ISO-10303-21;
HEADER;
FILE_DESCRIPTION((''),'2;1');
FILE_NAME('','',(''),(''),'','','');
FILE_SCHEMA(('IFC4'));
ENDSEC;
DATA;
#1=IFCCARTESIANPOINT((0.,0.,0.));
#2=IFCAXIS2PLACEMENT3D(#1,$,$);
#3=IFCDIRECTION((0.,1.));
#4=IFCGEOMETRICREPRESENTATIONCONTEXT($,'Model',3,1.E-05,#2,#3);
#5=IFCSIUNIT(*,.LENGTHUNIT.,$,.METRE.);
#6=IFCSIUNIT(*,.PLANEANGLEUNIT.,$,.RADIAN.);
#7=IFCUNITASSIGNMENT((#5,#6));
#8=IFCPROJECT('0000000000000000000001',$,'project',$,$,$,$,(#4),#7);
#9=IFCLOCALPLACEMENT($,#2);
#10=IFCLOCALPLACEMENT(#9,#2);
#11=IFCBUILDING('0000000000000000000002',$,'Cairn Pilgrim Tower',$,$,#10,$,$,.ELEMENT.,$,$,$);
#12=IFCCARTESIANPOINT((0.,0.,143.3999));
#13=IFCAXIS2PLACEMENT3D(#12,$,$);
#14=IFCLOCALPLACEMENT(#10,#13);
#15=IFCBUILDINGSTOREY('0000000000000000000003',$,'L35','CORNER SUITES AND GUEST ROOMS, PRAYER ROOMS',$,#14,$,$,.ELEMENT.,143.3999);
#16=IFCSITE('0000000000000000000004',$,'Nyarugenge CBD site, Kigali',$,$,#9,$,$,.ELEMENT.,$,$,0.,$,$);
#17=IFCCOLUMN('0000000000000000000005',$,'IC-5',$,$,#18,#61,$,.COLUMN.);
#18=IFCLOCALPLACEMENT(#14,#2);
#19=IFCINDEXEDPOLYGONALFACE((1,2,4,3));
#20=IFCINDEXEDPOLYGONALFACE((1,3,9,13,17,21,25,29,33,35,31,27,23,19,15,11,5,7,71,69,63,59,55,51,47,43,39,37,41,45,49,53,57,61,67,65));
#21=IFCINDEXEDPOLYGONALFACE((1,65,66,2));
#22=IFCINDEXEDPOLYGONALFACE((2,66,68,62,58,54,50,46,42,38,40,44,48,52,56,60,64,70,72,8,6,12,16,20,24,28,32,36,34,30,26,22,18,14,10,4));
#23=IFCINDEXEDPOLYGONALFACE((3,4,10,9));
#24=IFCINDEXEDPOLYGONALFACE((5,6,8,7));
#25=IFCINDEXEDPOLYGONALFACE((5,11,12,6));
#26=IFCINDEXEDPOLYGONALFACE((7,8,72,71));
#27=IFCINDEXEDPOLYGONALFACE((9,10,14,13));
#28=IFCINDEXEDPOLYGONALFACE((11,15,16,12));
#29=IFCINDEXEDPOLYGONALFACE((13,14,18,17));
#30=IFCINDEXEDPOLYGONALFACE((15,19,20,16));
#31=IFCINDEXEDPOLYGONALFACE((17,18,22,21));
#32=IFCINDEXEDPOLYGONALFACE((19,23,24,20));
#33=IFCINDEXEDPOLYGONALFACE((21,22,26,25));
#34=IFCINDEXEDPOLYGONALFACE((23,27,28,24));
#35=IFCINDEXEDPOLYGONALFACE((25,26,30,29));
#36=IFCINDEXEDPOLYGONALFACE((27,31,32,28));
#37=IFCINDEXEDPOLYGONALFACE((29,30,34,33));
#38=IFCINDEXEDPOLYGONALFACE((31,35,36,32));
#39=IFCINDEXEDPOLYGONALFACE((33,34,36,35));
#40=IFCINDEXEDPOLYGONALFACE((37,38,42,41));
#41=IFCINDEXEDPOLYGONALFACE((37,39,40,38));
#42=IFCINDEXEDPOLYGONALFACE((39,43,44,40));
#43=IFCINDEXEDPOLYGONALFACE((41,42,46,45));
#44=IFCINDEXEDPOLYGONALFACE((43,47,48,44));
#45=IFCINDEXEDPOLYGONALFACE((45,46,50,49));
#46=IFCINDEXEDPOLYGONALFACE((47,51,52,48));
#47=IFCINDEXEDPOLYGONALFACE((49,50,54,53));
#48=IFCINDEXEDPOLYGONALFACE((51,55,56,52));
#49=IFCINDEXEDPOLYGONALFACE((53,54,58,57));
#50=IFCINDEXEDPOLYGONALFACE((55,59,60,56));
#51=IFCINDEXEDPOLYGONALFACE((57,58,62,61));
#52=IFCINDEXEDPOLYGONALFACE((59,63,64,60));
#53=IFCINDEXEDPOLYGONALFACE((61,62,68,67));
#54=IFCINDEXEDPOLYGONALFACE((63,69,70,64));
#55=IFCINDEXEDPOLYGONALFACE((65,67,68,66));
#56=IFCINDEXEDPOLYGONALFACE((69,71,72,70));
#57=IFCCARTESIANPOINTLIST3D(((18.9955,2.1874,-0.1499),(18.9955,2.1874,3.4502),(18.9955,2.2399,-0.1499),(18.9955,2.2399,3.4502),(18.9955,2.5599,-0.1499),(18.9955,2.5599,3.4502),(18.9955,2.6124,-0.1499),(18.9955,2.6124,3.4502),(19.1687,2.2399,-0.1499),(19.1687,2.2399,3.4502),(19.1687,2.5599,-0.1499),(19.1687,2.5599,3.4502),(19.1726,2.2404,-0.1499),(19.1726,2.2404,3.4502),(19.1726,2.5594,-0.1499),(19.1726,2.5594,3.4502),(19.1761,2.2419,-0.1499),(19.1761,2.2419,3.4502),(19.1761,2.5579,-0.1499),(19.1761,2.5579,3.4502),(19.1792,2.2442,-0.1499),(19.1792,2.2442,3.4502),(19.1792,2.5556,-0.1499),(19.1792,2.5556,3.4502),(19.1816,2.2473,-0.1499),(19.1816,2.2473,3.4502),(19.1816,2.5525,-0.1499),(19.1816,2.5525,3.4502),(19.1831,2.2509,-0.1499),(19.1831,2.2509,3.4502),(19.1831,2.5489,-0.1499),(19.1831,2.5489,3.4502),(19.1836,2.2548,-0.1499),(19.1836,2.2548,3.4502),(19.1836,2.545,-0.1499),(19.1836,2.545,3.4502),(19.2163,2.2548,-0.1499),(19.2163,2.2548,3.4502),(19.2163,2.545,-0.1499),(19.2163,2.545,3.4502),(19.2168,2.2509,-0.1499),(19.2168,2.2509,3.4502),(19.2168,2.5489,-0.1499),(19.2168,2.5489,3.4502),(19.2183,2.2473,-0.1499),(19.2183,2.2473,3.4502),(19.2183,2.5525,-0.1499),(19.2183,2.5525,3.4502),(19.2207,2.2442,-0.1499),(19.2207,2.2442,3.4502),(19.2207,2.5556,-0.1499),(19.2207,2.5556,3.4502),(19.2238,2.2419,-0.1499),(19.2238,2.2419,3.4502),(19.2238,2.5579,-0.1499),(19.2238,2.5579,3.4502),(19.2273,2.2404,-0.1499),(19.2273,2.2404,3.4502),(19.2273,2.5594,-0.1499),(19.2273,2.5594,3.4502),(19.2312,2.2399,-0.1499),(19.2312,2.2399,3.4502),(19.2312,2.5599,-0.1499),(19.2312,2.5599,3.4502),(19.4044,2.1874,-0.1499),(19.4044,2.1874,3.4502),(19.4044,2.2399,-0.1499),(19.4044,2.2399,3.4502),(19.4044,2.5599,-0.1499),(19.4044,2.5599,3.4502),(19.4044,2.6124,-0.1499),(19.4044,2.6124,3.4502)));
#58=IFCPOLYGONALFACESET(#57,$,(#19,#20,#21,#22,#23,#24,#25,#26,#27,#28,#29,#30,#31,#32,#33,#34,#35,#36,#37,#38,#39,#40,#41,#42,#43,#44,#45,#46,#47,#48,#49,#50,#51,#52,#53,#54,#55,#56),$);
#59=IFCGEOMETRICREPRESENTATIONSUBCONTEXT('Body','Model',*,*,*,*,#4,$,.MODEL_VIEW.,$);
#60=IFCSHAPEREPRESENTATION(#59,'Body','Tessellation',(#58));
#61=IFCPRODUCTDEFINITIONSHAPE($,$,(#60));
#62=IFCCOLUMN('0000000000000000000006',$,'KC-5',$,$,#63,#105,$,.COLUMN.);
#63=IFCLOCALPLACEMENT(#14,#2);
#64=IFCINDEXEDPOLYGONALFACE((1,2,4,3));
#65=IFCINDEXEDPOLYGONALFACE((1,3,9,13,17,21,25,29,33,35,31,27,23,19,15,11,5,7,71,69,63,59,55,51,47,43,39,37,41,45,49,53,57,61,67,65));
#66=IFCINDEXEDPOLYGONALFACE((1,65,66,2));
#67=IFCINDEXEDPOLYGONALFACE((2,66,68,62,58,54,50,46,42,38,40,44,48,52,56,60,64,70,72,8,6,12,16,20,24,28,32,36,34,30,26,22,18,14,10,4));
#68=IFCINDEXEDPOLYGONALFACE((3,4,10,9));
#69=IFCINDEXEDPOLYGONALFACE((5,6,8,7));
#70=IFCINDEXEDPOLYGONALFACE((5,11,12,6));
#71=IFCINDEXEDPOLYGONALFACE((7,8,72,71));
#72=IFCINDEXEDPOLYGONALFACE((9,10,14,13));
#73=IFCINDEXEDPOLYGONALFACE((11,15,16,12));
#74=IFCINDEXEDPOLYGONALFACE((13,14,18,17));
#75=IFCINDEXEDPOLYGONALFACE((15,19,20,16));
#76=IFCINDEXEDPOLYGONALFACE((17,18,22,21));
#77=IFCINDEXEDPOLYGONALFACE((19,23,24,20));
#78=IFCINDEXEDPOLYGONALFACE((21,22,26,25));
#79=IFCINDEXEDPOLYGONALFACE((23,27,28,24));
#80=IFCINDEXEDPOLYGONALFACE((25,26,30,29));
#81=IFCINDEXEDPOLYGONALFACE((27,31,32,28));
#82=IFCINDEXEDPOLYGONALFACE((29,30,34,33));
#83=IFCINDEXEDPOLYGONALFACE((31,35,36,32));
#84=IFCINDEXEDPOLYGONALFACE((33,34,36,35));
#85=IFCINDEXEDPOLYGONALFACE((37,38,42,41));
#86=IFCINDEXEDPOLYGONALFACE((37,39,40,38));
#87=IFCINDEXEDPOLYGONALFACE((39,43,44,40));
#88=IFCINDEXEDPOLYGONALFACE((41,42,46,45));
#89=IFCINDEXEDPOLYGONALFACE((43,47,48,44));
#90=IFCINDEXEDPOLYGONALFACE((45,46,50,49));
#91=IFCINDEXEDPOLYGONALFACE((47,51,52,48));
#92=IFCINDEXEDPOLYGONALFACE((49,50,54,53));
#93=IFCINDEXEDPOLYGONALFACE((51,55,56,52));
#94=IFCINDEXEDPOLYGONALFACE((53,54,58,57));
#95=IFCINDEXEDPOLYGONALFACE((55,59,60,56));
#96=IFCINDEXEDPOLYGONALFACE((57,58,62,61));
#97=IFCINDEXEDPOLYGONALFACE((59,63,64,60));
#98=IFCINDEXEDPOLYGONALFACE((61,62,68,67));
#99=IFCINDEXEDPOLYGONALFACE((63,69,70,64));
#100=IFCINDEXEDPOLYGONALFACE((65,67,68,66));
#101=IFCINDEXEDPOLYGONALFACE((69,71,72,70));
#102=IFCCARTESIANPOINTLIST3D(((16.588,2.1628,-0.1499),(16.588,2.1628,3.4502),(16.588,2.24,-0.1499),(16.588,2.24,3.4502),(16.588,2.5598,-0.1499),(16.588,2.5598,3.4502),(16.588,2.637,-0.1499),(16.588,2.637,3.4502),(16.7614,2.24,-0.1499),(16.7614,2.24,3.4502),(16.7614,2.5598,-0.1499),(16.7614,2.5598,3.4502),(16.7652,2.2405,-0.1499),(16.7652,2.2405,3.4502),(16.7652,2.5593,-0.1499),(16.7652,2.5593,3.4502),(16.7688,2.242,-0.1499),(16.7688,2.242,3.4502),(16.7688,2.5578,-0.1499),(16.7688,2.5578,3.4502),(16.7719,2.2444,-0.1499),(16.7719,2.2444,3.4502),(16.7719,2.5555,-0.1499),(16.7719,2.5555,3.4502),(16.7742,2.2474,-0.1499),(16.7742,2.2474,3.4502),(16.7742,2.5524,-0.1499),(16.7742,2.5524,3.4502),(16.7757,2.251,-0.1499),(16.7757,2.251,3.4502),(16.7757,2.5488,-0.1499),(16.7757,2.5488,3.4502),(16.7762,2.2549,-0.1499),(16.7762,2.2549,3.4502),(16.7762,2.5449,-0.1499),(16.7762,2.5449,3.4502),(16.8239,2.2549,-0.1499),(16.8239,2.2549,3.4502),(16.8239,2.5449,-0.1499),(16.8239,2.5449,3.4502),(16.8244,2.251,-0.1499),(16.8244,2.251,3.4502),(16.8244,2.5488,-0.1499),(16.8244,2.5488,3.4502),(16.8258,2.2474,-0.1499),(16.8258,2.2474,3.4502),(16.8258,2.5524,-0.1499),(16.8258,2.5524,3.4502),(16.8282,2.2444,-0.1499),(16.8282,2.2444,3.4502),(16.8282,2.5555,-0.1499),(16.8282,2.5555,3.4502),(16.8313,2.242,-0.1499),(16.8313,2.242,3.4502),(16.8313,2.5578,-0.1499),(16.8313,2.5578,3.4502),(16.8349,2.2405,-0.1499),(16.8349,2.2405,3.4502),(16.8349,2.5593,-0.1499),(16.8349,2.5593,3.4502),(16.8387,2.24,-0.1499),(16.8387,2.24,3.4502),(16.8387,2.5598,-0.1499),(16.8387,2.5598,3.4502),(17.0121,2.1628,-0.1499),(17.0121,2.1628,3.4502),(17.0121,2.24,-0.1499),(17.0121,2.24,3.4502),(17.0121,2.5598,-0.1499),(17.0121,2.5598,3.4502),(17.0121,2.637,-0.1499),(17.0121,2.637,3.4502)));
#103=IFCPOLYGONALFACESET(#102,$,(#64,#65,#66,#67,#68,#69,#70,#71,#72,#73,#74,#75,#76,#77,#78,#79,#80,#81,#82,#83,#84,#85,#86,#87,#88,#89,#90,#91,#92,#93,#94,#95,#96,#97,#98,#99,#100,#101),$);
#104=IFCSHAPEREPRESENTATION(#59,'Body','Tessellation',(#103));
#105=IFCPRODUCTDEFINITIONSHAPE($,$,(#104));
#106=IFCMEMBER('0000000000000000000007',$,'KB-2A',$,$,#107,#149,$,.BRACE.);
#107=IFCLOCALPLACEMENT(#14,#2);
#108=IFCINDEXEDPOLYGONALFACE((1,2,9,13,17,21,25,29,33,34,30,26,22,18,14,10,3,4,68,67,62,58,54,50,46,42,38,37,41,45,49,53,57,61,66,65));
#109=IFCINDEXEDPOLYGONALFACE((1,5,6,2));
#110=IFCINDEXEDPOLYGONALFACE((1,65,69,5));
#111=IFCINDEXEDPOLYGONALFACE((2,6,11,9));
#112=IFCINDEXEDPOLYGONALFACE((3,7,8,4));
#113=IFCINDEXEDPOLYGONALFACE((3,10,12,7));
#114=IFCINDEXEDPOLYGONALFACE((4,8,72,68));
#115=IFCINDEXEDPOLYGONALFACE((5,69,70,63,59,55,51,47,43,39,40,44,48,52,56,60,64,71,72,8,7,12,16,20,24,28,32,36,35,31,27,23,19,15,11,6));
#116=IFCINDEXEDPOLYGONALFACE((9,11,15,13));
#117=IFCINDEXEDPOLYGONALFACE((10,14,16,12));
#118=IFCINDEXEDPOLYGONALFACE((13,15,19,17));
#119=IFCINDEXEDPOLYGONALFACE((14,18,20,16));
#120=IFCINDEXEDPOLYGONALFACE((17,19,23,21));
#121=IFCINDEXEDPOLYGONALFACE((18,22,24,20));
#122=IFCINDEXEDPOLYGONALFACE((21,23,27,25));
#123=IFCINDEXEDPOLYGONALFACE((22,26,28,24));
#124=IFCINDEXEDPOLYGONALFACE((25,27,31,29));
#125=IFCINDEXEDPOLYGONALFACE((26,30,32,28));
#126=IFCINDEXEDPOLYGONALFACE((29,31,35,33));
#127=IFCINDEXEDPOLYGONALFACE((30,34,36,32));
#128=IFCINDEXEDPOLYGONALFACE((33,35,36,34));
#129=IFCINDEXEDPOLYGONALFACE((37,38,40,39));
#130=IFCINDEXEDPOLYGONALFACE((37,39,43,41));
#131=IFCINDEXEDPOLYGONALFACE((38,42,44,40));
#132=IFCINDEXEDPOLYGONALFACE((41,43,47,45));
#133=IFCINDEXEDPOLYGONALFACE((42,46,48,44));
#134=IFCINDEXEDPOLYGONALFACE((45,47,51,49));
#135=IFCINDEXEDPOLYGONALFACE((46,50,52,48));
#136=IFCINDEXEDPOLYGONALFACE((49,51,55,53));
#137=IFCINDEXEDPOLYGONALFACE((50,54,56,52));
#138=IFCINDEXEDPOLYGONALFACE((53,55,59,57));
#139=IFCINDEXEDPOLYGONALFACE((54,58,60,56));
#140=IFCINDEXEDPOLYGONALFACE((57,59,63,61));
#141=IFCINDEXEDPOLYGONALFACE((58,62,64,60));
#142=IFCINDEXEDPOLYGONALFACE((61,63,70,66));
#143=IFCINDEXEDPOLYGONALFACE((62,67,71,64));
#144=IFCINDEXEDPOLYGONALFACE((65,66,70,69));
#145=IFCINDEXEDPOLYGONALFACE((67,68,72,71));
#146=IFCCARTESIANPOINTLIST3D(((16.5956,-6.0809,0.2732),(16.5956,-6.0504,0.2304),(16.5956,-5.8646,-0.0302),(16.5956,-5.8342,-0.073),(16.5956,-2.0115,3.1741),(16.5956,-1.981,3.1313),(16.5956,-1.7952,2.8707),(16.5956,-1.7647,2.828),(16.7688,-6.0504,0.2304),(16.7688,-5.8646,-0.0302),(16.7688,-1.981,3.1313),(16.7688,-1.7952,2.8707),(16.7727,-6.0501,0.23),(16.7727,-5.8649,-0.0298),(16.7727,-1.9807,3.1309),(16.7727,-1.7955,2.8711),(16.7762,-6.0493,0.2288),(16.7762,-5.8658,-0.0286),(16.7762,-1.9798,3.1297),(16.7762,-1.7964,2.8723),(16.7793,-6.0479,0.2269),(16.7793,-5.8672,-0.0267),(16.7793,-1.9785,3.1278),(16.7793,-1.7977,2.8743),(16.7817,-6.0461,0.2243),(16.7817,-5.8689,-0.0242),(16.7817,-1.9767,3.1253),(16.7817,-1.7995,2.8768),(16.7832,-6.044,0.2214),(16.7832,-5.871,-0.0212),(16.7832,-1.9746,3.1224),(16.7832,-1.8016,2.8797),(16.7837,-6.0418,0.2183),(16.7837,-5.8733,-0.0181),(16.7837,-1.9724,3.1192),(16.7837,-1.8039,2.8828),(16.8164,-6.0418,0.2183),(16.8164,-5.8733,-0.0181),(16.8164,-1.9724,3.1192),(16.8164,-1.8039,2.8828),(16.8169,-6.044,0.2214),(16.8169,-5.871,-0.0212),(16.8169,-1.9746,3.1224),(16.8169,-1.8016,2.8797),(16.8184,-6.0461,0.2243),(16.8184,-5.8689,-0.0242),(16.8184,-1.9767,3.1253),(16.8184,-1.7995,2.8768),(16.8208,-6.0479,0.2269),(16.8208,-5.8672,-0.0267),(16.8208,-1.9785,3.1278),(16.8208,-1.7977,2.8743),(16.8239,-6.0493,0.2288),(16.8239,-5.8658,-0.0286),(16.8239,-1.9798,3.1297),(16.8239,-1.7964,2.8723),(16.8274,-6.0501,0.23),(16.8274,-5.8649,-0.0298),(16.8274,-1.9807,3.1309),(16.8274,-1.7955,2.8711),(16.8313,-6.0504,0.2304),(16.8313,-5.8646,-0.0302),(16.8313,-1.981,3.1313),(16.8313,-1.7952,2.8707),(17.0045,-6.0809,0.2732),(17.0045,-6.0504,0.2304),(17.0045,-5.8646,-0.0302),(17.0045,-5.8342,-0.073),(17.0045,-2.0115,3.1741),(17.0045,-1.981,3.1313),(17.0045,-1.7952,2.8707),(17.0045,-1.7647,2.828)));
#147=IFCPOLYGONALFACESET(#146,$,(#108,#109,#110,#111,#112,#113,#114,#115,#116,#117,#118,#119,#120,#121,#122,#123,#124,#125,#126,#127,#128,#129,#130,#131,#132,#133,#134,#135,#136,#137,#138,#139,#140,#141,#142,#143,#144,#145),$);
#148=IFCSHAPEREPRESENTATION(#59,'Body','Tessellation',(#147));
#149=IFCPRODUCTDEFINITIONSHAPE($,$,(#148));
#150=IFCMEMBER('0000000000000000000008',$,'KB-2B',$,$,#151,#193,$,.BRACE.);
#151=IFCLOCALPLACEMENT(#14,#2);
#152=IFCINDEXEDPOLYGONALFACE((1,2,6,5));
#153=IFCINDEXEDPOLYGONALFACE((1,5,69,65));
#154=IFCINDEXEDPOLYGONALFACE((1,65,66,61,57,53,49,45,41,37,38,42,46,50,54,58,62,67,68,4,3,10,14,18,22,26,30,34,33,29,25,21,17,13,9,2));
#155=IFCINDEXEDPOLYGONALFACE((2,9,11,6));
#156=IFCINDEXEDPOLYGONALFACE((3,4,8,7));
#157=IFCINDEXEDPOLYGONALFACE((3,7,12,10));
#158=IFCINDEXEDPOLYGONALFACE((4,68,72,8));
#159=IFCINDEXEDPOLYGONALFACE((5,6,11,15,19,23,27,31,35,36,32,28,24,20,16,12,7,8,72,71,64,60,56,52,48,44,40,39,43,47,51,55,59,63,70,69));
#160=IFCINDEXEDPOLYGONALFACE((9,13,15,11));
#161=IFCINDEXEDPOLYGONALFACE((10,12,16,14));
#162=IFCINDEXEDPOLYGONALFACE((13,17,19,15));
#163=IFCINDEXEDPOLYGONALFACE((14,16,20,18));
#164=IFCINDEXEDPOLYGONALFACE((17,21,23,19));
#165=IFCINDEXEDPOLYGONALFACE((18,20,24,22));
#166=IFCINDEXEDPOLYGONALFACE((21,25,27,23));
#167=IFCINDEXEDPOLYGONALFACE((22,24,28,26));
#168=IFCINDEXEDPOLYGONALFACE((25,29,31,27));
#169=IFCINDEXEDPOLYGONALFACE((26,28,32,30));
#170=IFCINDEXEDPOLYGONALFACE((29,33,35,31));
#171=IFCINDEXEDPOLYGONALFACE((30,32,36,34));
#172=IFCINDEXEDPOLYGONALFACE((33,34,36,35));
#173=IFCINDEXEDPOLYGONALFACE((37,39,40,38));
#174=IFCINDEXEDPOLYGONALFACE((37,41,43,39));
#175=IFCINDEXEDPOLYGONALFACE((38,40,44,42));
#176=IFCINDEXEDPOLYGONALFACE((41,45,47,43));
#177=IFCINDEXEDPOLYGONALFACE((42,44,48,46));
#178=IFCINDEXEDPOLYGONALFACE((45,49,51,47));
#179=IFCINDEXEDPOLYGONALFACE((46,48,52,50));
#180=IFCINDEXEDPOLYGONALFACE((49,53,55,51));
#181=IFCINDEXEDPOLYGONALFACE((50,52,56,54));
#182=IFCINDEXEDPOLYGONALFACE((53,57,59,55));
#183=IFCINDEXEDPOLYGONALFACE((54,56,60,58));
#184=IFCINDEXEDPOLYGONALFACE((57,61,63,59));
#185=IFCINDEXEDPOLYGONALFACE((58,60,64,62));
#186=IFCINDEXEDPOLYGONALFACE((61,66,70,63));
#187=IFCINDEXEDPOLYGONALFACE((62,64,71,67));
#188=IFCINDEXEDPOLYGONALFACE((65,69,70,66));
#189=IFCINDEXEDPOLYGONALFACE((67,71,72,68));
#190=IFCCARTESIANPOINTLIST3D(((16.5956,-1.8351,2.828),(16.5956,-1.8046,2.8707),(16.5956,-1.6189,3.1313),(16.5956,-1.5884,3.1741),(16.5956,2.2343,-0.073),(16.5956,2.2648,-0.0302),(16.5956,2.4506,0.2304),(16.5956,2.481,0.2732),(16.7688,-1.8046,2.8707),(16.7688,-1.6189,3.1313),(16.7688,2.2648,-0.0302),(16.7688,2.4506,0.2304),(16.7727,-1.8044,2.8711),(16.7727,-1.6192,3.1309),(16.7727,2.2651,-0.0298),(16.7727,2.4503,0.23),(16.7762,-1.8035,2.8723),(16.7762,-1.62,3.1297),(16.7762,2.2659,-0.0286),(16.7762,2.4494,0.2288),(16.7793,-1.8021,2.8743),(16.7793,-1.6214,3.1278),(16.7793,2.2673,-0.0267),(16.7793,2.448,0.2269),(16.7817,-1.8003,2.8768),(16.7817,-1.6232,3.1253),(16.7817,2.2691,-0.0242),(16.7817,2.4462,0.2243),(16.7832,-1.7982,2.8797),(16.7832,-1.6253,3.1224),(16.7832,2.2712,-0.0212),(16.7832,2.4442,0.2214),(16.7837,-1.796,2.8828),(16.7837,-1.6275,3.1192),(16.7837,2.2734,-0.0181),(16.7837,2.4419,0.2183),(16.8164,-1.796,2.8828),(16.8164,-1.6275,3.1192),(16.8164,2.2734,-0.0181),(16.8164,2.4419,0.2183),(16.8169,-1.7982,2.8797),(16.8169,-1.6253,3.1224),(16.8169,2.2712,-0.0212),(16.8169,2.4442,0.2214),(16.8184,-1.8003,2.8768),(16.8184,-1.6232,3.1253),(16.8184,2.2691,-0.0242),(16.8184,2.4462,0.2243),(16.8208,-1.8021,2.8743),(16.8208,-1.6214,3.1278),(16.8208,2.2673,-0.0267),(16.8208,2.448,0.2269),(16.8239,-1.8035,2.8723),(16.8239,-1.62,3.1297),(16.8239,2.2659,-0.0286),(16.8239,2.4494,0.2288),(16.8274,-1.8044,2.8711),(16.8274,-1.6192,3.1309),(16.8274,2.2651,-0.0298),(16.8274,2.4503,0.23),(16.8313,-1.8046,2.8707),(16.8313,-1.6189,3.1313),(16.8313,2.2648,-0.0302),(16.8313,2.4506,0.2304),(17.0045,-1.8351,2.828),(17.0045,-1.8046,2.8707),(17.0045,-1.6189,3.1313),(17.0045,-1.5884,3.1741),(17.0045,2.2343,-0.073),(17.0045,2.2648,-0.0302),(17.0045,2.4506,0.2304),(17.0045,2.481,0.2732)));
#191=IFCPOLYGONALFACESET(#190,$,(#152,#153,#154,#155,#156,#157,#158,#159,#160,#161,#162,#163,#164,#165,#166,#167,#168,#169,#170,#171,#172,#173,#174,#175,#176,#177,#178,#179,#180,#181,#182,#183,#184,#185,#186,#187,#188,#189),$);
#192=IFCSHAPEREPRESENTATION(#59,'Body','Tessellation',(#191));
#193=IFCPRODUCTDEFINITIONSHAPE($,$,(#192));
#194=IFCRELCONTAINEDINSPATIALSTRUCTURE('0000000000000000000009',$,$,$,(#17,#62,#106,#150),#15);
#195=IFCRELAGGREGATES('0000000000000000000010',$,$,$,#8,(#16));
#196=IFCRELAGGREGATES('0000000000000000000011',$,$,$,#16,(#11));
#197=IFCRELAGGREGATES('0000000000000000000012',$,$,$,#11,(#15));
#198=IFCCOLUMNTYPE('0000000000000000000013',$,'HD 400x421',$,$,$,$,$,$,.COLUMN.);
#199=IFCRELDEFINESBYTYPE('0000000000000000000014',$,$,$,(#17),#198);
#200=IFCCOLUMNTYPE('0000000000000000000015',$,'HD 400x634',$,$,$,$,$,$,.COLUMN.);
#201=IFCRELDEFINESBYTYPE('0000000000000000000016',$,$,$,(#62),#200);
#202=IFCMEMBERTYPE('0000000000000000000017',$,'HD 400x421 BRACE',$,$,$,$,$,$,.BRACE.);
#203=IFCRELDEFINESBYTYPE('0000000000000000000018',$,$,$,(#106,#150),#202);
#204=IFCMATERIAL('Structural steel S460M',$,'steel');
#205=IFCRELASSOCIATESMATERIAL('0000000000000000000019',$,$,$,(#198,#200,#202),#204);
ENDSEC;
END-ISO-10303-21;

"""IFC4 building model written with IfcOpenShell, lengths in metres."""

from ifc_helpers import new_model, si_unit, direction, frame, origin, origin_2d, place, context, subcontext, project, spatial, i_section, extrude, material, material_profile, profile_set, type_object, element, save


model = new_model("IFC4")

# Units and contexts
model_context = context("Model", 3, precision=1e-05, world=origin(), true_north=direction((0.0, 1.0)))
body_context = subcontext(model_context, "Body", "Model", "MODEL_VIEW")
ifc_project = project(units=[si_unit("LENGTHUNIT", "METRE"), si_unit("PLANEANGLEUNIT", "RADIAN")], contexts=[model_context])

# Site, building, storey
site_placement = place(None, origin())
site = spatial("IfcSite", under=ifc_project, at=site_placement, Name="Nyarugenge CBD site, Kigali", CompositionType="ELEMENT", RefElevation=0.0)
building_placement = place(site_placement, origin())
building = spatial("IfcBuilding", under=site, at=building_placement, Name="Cairn Pilgrim Tower", CompositionType="ELEMENT")
storey_placement = place(building_placement, frame((0.0, 0.0, 143.3999)))
storey = spatial("IfcBuildingStorey", under=building, at=storey_placement, Name="L35", Description="CORNER SUITES AND GUEST ROOMS, PRAYER ROOMS", CompositionType="ELEMENT", Elevation=143.3999)

# Columns
ifc_material_1 = material(Name="Structural steel S460M", Category="steel")
ifc_material_profile_1 = material_profile(ifc_material_1, i_section(OverallWidth=0.4089, OverallDepth=0.425, WebThickness=0.0327, FlangeThickness=0.0525, FilletRadius=0.0149, at=origin_2d()), Name="HD 400x421")
ifc_profile_set_1 = profile_set([ifc_material_profile_1], Name="Structural steel S460M")
column_type_1 = type_object("IfcColumnType", Name="HD 400x421", PredefinedType="COLUMN", material=ifc_profile_set_1)
column_1_placement = place(storey_placement, frame((19.2, 2.3999, -0.1499), z_axis=(0.0, 0.0, 1.0), x_axis=(1.0, 0.0, 0.0)))
element("IfcColumn", 1, at=column_1_placement, inside=storey, type_object=column_type_1, Name="IC-5", PredefinedType="COLUMN", context=body_context, shape_type="SweptSolid", body=[
    extrude(i_section(OverallWidth=0.4089, OverallDepth=0.425, WebThickness=0.0327, FlangeThickness=0.0525, FilletRadius=0.0149, at=origin_2d()), origin(), (0.0, 0.0, 1.0), 3.6001),
])
ifc_material_profile_2 = material_profile(ifc_material_1, i_section(OverallWidth=0.4241, OverallDepth=0.4741, WebThickness=0.0476, FlangeThickness=0.0771, FilletRadius=0.0149, at=origin_2d()), Name="HD 400x634")
ifc_profile_set_2 = profile_set([ifc_material_profile_2], Name="Structural steel S460M")
column_type_2 = type_object("IfcColumnType", Name="HD 400x634", PredefinedType="COLUMN", material=ifc_profile_set_2)
column_2_placement = place(storey_placement, frame((16.8, 2.3999, -0.1499), z_axis=(0.0, 0.0, 1.0), x_axis=(1.0, 0.0, 0.0)))
element("IfcColumn", 2, at=column_2_placement, inside=storey, type_object=column_type_2, Name="KC-5", PredefinedType="COLUMN", context=body_context, shape_type="SweptSolid", body=[
    extrude(i_section(OverallWidth=0.4241, OverallDepth=0.4741, WebThickness=0.0476, FlangeThickness=0.0771, FilletRadius=0.0149, at=origin_2d()), origin(), (0.0, 0.0, 1.0), 3.6001),
])

# Members
ifc_material_profile_3 = material_profile(ifc_material_1, i_section(OverallWidth=0.4089, OverallDepth=0.425, WebThickness=0.0327, FlangeThickness=0.0525, FilletRadius=0.0149, at=origin_2d()), Name="HD 400x421")
ifc_profile_set_3 = profile_set([ifc_material_profile_3], Name="Structural steel S460M")
member_type = type_object("IfcMemberType", Name="HD 400x421 BRACE", PredefinedType="BRACE", material=ifc_profile_set_3)
for number, where, z_axis, x_axis, name in (
    (3, (16.8, -5.9575, 0.1001), (0.0, 0.814281, 0.580471), (-1.0, 0.0, 0.0), "KB-2A"),
    (4, (16.8, 2.3577, 0.1001), (0.0, -0.814281, 0.580471), (1.0, 0.0, 0.0), "KB-2B"),
):
    element("IfcMember", number, at=place(storey_placement, frame(where, z_axis=z_axis, x_axis=x_axis)), inside=storey, type_object=member_type, Name=name, PredefinedType="BRACE", context=body_context, shape_type="SweptSolid", body=[
        extrude(i_section(OverallWidth=0.4089, OverallDepth=0.425, WebThickness=0.0327, FlangeThickness=0.0525, FilletRadius=0.0149, at=origin_2d()), origin(), (0.0, 0.0, 1.0), 4.9976),
    ])

save(model, "model.ifc")
